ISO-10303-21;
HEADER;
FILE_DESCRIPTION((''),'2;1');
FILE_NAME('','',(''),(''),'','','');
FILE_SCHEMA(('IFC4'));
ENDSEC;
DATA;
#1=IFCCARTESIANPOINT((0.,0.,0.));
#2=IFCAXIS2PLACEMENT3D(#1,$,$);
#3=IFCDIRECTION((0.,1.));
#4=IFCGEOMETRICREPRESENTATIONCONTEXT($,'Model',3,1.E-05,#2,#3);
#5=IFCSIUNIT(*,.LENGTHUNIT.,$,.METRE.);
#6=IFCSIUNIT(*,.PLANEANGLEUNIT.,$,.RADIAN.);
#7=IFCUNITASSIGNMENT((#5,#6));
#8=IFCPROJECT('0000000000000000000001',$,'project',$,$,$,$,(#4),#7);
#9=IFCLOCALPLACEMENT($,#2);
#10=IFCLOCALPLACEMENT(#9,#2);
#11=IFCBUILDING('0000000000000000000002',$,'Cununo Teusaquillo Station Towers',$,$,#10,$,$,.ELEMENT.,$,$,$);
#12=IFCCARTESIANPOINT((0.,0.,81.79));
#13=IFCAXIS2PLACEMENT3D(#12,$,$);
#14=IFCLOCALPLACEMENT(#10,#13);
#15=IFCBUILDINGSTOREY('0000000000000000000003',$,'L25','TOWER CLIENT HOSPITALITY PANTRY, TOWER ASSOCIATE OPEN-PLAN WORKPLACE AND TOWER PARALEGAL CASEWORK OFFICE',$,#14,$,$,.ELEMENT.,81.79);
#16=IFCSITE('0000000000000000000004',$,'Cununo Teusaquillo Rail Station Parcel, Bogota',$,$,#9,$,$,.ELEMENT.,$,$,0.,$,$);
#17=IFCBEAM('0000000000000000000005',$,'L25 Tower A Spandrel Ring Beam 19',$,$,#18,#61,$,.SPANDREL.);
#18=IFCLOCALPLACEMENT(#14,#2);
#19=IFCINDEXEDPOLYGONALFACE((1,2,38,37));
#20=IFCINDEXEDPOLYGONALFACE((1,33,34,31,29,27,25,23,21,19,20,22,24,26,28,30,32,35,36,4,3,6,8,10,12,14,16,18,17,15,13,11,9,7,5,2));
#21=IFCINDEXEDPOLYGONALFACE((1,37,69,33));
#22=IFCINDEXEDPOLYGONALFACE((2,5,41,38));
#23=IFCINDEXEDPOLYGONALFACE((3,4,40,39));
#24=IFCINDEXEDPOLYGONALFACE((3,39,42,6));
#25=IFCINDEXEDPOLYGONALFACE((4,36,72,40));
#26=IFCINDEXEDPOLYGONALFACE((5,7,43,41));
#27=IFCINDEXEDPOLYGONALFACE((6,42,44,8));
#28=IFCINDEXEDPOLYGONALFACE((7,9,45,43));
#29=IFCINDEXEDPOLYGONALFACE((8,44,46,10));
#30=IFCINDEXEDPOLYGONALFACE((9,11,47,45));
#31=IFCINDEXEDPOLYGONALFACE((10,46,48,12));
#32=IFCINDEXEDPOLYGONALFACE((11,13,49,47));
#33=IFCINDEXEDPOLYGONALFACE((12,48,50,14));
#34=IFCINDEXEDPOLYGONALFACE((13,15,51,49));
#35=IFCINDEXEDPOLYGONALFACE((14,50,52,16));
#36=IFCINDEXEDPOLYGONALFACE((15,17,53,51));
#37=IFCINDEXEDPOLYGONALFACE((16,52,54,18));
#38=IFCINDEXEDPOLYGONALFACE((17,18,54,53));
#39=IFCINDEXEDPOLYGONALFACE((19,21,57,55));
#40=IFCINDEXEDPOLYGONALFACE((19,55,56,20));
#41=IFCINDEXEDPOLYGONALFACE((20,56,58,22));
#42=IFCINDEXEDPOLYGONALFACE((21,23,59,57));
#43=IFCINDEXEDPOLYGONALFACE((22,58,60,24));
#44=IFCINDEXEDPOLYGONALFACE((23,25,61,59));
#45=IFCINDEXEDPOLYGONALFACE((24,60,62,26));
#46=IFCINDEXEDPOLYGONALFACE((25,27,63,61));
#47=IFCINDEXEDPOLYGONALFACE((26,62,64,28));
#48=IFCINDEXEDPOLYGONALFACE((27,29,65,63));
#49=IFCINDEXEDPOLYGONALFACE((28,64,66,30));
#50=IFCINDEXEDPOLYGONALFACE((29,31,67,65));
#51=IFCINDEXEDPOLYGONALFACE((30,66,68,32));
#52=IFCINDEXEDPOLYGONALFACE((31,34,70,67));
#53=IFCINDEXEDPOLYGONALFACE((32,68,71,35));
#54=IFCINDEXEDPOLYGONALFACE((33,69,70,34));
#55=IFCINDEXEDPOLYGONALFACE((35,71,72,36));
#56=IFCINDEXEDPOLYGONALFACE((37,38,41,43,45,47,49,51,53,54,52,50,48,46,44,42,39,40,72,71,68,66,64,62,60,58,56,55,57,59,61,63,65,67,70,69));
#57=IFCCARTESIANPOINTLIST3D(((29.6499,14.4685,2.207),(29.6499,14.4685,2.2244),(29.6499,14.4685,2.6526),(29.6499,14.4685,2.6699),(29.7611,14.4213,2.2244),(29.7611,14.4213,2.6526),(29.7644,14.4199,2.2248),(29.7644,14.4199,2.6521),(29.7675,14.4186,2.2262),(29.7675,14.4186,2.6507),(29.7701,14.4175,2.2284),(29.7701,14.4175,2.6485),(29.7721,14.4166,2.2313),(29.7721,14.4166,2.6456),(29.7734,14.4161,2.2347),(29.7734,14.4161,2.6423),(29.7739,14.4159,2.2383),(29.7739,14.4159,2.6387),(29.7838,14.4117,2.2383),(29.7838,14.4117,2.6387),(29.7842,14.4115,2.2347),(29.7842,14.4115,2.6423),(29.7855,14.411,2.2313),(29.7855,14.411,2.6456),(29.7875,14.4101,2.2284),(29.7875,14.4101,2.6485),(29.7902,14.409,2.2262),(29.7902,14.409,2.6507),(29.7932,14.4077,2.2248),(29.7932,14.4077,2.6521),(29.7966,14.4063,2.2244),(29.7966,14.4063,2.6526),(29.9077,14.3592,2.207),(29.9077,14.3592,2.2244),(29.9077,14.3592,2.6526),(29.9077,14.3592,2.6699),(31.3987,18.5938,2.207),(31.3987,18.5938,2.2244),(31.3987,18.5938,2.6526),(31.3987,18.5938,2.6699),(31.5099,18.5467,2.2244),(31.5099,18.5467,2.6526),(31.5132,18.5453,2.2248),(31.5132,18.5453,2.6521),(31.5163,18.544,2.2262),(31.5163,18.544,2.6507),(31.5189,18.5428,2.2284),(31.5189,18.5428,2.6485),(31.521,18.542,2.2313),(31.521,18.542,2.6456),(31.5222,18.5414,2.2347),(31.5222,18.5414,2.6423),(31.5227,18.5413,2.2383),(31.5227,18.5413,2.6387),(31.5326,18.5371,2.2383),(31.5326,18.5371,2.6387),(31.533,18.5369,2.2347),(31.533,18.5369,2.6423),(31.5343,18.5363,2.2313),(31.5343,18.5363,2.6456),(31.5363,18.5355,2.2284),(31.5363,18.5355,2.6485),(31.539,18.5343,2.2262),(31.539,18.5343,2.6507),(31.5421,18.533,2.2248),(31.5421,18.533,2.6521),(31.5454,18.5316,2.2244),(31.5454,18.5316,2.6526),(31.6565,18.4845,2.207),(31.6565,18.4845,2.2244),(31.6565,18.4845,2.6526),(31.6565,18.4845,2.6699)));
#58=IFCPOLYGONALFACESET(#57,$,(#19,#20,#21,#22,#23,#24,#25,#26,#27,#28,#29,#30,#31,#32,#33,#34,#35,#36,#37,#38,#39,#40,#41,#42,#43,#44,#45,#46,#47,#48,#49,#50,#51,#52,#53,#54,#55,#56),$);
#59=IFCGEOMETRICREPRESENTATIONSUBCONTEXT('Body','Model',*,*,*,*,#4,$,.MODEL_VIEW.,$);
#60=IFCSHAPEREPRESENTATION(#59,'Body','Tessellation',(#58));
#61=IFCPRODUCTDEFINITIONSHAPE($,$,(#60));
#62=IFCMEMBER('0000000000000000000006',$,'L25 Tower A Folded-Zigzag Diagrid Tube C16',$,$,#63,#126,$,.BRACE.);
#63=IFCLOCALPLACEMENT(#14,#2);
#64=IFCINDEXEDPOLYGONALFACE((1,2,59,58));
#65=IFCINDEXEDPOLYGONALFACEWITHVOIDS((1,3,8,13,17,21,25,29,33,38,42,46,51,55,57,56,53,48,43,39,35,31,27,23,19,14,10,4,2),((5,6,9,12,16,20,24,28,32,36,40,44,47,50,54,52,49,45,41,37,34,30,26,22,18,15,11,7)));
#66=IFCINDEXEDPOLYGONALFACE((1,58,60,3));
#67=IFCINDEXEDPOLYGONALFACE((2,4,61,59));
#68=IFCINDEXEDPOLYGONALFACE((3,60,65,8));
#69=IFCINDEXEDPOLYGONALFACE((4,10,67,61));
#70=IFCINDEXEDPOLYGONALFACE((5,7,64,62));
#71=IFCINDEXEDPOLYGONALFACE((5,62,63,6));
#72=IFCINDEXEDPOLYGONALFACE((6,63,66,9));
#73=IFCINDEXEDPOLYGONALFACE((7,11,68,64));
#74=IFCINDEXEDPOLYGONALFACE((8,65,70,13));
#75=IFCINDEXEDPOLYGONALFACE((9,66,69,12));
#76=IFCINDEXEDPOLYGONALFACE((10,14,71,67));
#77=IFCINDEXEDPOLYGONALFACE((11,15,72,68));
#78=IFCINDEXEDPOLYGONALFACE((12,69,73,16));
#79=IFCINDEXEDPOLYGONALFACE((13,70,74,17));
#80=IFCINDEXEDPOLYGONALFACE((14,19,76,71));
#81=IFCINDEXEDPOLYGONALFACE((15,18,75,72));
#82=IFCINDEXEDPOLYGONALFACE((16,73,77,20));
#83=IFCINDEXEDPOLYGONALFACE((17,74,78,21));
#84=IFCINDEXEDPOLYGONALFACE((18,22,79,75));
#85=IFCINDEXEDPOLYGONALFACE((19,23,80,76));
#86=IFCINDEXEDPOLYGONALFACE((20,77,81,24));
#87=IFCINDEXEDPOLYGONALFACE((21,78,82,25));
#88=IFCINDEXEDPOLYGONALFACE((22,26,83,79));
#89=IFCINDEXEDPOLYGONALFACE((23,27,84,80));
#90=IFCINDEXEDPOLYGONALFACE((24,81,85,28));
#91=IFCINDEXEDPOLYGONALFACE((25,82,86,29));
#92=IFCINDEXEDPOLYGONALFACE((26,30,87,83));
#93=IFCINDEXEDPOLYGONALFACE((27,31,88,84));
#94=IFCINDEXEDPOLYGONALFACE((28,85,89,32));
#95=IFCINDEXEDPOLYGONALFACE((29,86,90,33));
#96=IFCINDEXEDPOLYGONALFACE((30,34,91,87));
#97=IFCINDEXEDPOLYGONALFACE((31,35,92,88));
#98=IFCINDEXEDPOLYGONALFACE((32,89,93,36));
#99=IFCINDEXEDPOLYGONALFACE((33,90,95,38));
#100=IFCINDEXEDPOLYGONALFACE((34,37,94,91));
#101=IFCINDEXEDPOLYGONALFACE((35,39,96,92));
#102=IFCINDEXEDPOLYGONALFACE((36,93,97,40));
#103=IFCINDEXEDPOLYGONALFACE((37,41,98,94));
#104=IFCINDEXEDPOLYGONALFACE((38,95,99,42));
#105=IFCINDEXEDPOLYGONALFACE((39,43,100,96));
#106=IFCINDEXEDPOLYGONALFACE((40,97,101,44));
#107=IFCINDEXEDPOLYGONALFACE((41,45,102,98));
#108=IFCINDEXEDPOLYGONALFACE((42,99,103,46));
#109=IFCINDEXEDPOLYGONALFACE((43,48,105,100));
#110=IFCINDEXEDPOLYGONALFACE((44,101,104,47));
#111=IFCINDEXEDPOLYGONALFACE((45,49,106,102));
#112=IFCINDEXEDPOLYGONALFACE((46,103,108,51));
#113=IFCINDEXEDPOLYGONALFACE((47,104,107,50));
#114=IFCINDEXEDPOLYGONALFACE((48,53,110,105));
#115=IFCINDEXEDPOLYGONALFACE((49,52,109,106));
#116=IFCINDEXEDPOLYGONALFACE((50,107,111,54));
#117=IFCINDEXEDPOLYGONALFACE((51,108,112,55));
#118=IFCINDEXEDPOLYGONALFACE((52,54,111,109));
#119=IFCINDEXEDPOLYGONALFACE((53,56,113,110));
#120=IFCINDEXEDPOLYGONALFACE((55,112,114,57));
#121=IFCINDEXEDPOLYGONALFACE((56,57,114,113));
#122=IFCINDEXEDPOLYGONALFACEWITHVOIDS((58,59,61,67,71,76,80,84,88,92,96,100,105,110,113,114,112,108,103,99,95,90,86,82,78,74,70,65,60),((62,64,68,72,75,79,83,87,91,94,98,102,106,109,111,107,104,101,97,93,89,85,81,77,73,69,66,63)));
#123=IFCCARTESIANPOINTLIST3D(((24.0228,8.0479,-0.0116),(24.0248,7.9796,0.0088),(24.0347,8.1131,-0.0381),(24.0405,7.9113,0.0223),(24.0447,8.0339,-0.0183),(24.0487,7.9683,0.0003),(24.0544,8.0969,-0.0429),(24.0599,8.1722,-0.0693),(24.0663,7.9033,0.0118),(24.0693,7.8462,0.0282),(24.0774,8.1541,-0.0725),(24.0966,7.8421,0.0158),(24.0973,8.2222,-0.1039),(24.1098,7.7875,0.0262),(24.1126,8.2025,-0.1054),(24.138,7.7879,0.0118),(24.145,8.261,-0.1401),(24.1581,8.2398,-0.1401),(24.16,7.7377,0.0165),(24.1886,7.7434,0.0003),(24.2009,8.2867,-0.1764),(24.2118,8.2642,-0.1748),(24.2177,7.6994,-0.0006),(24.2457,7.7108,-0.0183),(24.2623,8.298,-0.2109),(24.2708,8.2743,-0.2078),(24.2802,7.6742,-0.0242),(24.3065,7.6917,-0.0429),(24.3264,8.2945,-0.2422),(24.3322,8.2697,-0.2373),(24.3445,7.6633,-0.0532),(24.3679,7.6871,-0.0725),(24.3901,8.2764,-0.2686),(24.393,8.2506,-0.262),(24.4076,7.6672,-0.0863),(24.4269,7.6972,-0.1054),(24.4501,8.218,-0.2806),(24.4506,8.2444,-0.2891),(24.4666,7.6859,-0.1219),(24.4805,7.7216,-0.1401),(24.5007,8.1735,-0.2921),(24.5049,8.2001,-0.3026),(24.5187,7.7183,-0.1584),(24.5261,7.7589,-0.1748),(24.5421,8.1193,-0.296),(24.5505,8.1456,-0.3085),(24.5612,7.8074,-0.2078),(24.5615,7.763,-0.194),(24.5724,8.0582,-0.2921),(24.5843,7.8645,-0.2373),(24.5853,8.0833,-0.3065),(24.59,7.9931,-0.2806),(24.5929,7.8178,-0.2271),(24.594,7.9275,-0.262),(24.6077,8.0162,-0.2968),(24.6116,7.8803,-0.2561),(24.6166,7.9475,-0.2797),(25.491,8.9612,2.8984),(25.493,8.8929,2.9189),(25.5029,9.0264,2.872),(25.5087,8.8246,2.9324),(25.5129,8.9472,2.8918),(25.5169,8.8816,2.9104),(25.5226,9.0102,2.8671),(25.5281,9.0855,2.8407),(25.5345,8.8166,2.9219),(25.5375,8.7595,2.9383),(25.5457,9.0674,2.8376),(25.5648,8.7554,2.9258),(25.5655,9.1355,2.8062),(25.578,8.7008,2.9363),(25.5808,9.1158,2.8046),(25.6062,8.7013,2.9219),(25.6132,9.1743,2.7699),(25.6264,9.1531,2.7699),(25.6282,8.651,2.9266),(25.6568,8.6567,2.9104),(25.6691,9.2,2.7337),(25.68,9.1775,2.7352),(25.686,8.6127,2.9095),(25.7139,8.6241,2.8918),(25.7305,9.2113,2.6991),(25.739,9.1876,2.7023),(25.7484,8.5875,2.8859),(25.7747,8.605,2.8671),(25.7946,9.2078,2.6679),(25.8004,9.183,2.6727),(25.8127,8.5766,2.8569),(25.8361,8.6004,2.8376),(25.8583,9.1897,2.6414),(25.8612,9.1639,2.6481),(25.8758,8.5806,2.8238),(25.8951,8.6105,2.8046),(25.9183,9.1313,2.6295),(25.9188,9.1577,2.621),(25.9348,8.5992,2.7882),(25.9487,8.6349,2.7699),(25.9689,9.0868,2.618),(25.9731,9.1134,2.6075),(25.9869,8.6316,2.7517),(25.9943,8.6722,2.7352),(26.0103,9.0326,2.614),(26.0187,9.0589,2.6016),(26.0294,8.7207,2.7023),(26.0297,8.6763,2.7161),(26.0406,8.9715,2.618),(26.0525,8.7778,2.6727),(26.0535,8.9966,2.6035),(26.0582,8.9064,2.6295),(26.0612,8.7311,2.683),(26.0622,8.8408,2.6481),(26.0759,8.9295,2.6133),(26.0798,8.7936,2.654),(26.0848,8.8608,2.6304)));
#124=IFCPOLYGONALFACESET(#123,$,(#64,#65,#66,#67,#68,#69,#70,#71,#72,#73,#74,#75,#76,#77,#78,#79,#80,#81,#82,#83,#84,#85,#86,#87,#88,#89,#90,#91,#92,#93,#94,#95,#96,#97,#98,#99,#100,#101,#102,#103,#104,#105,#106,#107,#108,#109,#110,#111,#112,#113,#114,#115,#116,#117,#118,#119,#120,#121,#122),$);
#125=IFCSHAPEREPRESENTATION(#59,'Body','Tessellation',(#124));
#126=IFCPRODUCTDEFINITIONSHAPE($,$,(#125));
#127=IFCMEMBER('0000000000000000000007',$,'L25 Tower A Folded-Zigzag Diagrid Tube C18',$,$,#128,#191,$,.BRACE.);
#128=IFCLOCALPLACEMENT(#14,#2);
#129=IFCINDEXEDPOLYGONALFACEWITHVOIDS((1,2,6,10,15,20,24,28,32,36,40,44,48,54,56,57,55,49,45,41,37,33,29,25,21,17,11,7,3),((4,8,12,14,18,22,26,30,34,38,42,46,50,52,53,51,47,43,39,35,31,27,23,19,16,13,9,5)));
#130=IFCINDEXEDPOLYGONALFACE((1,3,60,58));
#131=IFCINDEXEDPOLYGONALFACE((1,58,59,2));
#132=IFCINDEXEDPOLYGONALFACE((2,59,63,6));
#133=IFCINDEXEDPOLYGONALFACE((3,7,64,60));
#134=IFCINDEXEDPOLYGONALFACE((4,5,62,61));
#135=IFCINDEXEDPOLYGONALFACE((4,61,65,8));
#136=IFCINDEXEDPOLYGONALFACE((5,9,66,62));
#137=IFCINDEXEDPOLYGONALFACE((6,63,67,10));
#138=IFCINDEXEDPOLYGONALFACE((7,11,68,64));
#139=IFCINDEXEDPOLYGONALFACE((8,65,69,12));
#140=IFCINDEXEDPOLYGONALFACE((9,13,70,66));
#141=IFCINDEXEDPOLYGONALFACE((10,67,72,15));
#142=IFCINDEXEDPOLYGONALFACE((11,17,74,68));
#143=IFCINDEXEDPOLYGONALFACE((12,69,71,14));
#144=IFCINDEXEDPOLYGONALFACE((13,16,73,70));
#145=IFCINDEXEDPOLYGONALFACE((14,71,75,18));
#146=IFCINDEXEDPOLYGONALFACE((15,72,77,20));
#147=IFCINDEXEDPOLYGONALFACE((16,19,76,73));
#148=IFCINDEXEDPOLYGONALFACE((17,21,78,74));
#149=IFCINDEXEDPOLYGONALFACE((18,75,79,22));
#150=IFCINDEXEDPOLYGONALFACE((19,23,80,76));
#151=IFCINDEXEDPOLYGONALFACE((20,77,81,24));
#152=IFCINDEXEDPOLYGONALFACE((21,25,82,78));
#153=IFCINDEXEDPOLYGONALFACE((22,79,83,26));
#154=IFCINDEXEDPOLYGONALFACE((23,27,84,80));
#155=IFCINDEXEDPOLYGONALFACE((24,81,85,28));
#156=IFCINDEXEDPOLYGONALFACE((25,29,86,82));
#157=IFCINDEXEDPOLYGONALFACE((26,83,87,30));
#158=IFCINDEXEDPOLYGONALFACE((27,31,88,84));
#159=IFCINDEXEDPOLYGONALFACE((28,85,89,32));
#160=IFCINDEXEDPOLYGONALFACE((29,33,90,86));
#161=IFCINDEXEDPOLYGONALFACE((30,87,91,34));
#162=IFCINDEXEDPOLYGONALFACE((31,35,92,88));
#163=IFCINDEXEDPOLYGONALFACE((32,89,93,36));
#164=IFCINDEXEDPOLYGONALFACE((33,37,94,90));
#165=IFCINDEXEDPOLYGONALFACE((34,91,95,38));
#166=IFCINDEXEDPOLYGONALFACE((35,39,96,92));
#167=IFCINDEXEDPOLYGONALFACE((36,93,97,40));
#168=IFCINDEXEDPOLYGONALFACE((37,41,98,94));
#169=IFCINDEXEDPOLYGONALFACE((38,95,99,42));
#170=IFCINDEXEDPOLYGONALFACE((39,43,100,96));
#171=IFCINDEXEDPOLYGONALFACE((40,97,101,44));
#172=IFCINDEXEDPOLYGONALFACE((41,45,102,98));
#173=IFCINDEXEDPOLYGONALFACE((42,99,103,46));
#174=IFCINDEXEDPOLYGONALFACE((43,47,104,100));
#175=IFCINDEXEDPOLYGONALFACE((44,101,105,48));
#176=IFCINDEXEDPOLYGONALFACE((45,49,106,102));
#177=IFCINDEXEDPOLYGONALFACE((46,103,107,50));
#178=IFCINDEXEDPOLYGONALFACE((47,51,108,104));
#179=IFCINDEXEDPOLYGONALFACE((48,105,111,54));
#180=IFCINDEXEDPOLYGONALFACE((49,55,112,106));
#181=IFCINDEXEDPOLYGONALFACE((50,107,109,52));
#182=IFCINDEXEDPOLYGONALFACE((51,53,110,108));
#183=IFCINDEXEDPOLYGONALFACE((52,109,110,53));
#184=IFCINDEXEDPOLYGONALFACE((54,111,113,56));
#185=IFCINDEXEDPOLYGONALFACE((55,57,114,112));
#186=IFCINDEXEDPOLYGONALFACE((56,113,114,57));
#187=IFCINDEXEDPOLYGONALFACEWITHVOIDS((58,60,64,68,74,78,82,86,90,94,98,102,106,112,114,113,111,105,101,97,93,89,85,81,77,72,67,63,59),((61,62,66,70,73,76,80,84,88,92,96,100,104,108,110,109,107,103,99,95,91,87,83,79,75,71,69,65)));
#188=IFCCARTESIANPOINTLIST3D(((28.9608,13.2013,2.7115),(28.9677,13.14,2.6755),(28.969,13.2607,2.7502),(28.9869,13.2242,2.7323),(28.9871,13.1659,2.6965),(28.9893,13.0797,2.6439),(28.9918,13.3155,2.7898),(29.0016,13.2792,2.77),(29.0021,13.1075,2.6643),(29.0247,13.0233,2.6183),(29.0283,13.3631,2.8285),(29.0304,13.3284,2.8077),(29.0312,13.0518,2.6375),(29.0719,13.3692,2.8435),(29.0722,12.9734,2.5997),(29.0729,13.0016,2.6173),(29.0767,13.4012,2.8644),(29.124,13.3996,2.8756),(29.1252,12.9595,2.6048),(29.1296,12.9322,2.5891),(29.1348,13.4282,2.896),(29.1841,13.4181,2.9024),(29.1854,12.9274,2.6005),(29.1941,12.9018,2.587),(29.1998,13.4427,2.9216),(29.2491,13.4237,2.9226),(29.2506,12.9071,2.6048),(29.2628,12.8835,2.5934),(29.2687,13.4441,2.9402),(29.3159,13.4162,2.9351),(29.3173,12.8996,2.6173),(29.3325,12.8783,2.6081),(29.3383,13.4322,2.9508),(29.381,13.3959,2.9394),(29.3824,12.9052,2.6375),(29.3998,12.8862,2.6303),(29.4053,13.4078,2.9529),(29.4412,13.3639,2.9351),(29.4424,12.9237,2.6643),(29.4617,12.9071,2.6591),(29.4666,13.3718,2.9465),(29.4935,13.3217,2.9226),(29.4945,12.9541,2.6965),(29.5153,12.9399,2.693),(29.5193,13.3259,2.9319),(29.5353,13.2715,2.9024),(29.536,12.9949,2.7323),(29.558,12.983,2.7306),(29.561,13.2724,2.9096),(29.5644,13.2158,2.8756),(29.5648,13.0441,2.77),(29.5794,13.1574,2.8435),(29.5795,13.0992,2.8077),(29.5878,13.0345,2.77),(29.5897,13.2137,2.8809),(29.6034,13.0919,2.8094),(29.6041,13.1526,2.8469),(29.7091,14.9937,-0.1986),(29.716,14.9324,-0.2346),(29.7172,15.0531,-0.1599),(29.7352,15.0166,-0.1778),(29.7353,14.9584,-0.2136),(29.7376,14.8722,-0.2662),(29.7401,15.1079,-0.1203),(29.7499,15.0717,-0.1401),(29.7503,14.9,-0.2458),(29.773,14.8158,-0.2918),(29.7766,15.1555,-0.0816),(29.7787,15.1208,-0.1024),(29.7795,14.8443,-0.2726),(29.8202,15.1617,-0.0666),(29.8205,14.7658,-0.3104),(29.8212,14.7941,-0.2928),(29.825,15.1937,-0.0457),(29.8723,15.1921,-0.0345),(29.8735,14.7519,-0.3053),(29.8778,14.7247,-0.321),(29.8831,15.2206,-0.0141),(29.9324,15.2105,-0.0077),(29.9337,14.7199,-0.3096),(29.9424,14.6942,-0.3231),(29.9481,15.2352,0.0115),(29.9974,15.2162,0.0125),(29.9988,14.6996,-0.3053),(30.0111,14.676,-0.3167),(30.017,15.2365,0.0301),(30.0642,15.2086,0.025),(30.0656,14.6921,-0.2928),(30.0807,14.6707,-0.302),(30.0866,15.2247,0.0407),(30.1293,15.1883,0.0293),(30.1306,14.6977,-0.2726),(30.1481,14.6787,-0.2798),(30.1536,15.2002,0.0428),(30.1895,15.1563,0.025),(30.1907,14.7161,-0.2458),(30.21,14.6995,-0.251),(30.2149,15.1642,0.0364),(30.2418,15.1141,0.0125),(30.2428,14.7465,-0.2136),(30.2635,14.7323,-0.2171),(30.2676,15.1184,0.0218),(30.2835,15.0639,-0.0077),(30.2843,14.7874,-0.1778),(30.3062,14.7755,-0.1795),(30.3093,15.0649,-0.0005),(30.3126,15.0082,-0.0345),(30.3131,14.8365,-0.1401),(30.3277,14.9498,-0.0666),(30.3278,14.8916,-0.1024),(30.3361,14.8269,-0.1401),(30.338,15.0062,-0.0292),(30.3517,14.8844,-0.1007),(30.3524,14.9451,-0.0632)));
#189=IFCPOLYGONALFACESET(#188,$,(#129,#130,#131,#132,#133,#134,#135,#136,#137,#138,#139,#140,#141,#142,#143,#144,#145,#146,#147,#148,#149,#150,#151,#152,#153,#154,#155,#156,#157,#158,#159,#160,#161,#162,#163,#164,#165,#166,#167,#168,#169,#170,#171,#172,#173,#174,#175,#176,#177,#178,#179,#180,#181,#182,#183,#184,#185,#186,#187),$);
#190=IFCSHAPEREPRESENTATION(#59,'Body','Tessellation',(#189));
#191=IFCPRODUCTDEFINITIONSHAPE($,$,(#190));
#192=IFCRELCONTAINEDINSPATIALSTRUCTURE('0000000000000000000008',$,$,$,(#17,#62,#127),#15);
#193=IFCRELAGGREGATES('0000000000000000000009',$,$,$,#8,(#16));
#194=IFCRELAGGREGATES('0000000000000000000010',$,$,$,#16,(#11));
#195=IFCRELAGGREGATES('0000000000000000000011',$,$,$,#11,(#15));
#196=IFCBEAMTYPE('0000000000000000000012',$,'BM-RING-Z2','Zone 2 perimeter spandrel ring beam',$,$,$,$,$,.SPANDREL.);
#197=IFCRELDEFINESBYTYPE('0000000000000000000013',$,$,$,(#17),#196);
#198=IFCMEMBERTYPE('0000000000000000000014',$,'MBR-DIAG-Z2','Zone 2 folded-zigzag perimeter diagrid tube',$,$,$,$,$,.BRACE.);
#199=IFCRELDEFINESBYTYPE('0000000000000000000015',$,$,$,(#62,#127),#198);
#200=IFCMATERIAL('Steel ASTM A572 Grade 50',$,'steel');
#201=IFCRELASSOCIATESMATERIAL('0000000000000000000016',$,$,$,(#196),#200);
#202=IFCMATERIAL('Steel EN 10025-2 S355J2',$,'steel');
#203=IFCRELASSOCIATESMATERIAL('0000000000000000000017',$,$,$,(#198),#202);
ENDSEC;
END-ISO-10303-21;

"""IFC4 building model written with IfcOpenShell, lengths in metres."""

from ifc_helpers import new_model, si_unit, direction, frame, origin, origin_2d, place, context, subcontext, project, spatial, hollow_circle, i_section, extrude, material, material_profile, profile_set, type_object, element, save


model = new_model("IFC4")

# Units and contexts
model_context = context("Model", 3, precision=1e-05, world=origin(), true_north=direction((0.0, 1.0)))
body_context = subcontext(model_context, "Body", "Model", "MODEL_VIEW")
ifc_project = project(units=[si_unit("LENGTHUNIT", "METRE"), si_unit("PLANEANGLEUNIT", "RADIAN")], contexts=[model_context])

# Site, building, storey
site_placement = place(None, origin())
site = spatial("IfcSite", under=ifc_project, at=site_placement, Name="Cununo Teusaquillo Rail Station Parcel, Bogota", CompositionType="ELEMENT", RefElevation=0.0)
building_placement = place(site_placement, origin())
building = spatial("IfcBuilding", under=site, at=building_placement, Name="Cununo Teusaquillo Station Towers", CompositionType="ELEMENT")
storey_placement = place(building_placement, frame((0.0, 0.0, 81.79)))
storey = spatial("IfcBuildingStorey", under=building, at=storey_placement, Name="L25", Description="TOWER CLIENT HOSPITALITY PANTRY, TOWER ASSOCIATE OPEN-PLAN WORKPLACE AND TOWER PARALEGAL CASEWORK OFFICE", CompositionType="ELEMENT", Elevation=81.79)

# Beam
ifc_material_1 = material(Name="Steel ASTM A572 Grade 50", Category="steel")
ifc_material_profile_1 = material_profile(ifc_material_1, i_section(OverallWidth=0.28, OverallDepth=0.4629, WebThickness=0.0107, FlangeThickness=0.0173, FilletRadius=0.0139, at=origin_2d()), Name="W18X76")
ifc_profile_set_1 = profile_set([ifc_material_profile_1], Name="Steel ASTM A572 Grade 50")
beam_type_1 = type_object("IfcBeamType", Name="BM-RING-Z2", Description="Zone 2 perimeter spandrel ring beam", PredefinedType="SPANDREL", material=ifc_profile_set_1)
beam_1_placement = place(storey_placement, frame((29.7788, 14.4138, 2.4385), z_axis=(0.390299, 0.920688, 0.0), x_axis=(-0.920688, 0.390299, 0.0)))
element("IfcBeam", 1, at=beam_1_placement, inside=storey, type_object=beam_type_1, Name="L25 Tower A Spandrel Ring Beam 19", PredefinedType="SPANDREL", context=body_context, shape_type="SweptSolid", body=[
    extrude(i_section(OverallWidth=0.28, OverallDepth=0.4629, WebThickness=0.0107, FlangeThickness=0.0173, FilletRadius=0.0139, at=origin_2d()), origin(), (0.0, 0.0, 1.0), 4.4807),
])

# Members
ifc_material_2 = material(Name="Steel EN 10025-2 S355J2", Category="steel")
ifc_material_profile_2 = material_profile(ifc_material_2, hollow_circle(Radius=0.3301, WallThickness=0.0249, at=origin_2d()), Name="CHS 660x25")
ifc_profile_set_2 = profile_set([ifc_material_profile_2], Name="Steel EN 10025-2 S355J2")
member_type = type_object("IfcMemberType", Name="MBR-DIAG-Z2", Description="Zone 2 folded-zigzag perimeter diagrid tube", PredefinedType="BRACE", material=ifc_profile_set_2)
member_1_placement = place(storey_placement, frame((24.3193, 7.9807, -0.1401), z_axis=(0.433741, 0.269808, 0.859693), x_axis=(-0.528196, 0.849123, 0.0)))
element("IfcMember", 2, at=member_1_placement, inside=storey, type_object=member_type, Name="L25 Tower A Folded-Zigzag Diagrid Tube C16", PredefinedType="BRACE", context=body_context, shape_type="SweptSolid", body=[
    extrude(hollow_circle(Radius=0.3301, WallThickness=0.0249, at=origin_2d()), origin(), (0.0, 0.0, 1.0), 3.385),
])
member_2_placement = place(storey_placement, frame((30.0315, 14.9541, -0.1401), z_axis=(-0.213868, -0.512306, 0.831747), x_axis=(0.922816, -0.38524, 0.0)))
element("IfcMember", 3, at=member_2_placement, inside=storey, type_object=member_type, Name="L25 Tower A Folded-Zigzag Diagrid Tube C18", PredefinedType="BRACE", context=body_context, shape_type="SweptSolid", body=[
    extrude(hollow_circle(Radius=0.3301, WallThickness=0.0249, at=origin_2d()), origin(), (0.0, 0.0, 1.0), 3.4988),
])

save(model, "model.ifc")
